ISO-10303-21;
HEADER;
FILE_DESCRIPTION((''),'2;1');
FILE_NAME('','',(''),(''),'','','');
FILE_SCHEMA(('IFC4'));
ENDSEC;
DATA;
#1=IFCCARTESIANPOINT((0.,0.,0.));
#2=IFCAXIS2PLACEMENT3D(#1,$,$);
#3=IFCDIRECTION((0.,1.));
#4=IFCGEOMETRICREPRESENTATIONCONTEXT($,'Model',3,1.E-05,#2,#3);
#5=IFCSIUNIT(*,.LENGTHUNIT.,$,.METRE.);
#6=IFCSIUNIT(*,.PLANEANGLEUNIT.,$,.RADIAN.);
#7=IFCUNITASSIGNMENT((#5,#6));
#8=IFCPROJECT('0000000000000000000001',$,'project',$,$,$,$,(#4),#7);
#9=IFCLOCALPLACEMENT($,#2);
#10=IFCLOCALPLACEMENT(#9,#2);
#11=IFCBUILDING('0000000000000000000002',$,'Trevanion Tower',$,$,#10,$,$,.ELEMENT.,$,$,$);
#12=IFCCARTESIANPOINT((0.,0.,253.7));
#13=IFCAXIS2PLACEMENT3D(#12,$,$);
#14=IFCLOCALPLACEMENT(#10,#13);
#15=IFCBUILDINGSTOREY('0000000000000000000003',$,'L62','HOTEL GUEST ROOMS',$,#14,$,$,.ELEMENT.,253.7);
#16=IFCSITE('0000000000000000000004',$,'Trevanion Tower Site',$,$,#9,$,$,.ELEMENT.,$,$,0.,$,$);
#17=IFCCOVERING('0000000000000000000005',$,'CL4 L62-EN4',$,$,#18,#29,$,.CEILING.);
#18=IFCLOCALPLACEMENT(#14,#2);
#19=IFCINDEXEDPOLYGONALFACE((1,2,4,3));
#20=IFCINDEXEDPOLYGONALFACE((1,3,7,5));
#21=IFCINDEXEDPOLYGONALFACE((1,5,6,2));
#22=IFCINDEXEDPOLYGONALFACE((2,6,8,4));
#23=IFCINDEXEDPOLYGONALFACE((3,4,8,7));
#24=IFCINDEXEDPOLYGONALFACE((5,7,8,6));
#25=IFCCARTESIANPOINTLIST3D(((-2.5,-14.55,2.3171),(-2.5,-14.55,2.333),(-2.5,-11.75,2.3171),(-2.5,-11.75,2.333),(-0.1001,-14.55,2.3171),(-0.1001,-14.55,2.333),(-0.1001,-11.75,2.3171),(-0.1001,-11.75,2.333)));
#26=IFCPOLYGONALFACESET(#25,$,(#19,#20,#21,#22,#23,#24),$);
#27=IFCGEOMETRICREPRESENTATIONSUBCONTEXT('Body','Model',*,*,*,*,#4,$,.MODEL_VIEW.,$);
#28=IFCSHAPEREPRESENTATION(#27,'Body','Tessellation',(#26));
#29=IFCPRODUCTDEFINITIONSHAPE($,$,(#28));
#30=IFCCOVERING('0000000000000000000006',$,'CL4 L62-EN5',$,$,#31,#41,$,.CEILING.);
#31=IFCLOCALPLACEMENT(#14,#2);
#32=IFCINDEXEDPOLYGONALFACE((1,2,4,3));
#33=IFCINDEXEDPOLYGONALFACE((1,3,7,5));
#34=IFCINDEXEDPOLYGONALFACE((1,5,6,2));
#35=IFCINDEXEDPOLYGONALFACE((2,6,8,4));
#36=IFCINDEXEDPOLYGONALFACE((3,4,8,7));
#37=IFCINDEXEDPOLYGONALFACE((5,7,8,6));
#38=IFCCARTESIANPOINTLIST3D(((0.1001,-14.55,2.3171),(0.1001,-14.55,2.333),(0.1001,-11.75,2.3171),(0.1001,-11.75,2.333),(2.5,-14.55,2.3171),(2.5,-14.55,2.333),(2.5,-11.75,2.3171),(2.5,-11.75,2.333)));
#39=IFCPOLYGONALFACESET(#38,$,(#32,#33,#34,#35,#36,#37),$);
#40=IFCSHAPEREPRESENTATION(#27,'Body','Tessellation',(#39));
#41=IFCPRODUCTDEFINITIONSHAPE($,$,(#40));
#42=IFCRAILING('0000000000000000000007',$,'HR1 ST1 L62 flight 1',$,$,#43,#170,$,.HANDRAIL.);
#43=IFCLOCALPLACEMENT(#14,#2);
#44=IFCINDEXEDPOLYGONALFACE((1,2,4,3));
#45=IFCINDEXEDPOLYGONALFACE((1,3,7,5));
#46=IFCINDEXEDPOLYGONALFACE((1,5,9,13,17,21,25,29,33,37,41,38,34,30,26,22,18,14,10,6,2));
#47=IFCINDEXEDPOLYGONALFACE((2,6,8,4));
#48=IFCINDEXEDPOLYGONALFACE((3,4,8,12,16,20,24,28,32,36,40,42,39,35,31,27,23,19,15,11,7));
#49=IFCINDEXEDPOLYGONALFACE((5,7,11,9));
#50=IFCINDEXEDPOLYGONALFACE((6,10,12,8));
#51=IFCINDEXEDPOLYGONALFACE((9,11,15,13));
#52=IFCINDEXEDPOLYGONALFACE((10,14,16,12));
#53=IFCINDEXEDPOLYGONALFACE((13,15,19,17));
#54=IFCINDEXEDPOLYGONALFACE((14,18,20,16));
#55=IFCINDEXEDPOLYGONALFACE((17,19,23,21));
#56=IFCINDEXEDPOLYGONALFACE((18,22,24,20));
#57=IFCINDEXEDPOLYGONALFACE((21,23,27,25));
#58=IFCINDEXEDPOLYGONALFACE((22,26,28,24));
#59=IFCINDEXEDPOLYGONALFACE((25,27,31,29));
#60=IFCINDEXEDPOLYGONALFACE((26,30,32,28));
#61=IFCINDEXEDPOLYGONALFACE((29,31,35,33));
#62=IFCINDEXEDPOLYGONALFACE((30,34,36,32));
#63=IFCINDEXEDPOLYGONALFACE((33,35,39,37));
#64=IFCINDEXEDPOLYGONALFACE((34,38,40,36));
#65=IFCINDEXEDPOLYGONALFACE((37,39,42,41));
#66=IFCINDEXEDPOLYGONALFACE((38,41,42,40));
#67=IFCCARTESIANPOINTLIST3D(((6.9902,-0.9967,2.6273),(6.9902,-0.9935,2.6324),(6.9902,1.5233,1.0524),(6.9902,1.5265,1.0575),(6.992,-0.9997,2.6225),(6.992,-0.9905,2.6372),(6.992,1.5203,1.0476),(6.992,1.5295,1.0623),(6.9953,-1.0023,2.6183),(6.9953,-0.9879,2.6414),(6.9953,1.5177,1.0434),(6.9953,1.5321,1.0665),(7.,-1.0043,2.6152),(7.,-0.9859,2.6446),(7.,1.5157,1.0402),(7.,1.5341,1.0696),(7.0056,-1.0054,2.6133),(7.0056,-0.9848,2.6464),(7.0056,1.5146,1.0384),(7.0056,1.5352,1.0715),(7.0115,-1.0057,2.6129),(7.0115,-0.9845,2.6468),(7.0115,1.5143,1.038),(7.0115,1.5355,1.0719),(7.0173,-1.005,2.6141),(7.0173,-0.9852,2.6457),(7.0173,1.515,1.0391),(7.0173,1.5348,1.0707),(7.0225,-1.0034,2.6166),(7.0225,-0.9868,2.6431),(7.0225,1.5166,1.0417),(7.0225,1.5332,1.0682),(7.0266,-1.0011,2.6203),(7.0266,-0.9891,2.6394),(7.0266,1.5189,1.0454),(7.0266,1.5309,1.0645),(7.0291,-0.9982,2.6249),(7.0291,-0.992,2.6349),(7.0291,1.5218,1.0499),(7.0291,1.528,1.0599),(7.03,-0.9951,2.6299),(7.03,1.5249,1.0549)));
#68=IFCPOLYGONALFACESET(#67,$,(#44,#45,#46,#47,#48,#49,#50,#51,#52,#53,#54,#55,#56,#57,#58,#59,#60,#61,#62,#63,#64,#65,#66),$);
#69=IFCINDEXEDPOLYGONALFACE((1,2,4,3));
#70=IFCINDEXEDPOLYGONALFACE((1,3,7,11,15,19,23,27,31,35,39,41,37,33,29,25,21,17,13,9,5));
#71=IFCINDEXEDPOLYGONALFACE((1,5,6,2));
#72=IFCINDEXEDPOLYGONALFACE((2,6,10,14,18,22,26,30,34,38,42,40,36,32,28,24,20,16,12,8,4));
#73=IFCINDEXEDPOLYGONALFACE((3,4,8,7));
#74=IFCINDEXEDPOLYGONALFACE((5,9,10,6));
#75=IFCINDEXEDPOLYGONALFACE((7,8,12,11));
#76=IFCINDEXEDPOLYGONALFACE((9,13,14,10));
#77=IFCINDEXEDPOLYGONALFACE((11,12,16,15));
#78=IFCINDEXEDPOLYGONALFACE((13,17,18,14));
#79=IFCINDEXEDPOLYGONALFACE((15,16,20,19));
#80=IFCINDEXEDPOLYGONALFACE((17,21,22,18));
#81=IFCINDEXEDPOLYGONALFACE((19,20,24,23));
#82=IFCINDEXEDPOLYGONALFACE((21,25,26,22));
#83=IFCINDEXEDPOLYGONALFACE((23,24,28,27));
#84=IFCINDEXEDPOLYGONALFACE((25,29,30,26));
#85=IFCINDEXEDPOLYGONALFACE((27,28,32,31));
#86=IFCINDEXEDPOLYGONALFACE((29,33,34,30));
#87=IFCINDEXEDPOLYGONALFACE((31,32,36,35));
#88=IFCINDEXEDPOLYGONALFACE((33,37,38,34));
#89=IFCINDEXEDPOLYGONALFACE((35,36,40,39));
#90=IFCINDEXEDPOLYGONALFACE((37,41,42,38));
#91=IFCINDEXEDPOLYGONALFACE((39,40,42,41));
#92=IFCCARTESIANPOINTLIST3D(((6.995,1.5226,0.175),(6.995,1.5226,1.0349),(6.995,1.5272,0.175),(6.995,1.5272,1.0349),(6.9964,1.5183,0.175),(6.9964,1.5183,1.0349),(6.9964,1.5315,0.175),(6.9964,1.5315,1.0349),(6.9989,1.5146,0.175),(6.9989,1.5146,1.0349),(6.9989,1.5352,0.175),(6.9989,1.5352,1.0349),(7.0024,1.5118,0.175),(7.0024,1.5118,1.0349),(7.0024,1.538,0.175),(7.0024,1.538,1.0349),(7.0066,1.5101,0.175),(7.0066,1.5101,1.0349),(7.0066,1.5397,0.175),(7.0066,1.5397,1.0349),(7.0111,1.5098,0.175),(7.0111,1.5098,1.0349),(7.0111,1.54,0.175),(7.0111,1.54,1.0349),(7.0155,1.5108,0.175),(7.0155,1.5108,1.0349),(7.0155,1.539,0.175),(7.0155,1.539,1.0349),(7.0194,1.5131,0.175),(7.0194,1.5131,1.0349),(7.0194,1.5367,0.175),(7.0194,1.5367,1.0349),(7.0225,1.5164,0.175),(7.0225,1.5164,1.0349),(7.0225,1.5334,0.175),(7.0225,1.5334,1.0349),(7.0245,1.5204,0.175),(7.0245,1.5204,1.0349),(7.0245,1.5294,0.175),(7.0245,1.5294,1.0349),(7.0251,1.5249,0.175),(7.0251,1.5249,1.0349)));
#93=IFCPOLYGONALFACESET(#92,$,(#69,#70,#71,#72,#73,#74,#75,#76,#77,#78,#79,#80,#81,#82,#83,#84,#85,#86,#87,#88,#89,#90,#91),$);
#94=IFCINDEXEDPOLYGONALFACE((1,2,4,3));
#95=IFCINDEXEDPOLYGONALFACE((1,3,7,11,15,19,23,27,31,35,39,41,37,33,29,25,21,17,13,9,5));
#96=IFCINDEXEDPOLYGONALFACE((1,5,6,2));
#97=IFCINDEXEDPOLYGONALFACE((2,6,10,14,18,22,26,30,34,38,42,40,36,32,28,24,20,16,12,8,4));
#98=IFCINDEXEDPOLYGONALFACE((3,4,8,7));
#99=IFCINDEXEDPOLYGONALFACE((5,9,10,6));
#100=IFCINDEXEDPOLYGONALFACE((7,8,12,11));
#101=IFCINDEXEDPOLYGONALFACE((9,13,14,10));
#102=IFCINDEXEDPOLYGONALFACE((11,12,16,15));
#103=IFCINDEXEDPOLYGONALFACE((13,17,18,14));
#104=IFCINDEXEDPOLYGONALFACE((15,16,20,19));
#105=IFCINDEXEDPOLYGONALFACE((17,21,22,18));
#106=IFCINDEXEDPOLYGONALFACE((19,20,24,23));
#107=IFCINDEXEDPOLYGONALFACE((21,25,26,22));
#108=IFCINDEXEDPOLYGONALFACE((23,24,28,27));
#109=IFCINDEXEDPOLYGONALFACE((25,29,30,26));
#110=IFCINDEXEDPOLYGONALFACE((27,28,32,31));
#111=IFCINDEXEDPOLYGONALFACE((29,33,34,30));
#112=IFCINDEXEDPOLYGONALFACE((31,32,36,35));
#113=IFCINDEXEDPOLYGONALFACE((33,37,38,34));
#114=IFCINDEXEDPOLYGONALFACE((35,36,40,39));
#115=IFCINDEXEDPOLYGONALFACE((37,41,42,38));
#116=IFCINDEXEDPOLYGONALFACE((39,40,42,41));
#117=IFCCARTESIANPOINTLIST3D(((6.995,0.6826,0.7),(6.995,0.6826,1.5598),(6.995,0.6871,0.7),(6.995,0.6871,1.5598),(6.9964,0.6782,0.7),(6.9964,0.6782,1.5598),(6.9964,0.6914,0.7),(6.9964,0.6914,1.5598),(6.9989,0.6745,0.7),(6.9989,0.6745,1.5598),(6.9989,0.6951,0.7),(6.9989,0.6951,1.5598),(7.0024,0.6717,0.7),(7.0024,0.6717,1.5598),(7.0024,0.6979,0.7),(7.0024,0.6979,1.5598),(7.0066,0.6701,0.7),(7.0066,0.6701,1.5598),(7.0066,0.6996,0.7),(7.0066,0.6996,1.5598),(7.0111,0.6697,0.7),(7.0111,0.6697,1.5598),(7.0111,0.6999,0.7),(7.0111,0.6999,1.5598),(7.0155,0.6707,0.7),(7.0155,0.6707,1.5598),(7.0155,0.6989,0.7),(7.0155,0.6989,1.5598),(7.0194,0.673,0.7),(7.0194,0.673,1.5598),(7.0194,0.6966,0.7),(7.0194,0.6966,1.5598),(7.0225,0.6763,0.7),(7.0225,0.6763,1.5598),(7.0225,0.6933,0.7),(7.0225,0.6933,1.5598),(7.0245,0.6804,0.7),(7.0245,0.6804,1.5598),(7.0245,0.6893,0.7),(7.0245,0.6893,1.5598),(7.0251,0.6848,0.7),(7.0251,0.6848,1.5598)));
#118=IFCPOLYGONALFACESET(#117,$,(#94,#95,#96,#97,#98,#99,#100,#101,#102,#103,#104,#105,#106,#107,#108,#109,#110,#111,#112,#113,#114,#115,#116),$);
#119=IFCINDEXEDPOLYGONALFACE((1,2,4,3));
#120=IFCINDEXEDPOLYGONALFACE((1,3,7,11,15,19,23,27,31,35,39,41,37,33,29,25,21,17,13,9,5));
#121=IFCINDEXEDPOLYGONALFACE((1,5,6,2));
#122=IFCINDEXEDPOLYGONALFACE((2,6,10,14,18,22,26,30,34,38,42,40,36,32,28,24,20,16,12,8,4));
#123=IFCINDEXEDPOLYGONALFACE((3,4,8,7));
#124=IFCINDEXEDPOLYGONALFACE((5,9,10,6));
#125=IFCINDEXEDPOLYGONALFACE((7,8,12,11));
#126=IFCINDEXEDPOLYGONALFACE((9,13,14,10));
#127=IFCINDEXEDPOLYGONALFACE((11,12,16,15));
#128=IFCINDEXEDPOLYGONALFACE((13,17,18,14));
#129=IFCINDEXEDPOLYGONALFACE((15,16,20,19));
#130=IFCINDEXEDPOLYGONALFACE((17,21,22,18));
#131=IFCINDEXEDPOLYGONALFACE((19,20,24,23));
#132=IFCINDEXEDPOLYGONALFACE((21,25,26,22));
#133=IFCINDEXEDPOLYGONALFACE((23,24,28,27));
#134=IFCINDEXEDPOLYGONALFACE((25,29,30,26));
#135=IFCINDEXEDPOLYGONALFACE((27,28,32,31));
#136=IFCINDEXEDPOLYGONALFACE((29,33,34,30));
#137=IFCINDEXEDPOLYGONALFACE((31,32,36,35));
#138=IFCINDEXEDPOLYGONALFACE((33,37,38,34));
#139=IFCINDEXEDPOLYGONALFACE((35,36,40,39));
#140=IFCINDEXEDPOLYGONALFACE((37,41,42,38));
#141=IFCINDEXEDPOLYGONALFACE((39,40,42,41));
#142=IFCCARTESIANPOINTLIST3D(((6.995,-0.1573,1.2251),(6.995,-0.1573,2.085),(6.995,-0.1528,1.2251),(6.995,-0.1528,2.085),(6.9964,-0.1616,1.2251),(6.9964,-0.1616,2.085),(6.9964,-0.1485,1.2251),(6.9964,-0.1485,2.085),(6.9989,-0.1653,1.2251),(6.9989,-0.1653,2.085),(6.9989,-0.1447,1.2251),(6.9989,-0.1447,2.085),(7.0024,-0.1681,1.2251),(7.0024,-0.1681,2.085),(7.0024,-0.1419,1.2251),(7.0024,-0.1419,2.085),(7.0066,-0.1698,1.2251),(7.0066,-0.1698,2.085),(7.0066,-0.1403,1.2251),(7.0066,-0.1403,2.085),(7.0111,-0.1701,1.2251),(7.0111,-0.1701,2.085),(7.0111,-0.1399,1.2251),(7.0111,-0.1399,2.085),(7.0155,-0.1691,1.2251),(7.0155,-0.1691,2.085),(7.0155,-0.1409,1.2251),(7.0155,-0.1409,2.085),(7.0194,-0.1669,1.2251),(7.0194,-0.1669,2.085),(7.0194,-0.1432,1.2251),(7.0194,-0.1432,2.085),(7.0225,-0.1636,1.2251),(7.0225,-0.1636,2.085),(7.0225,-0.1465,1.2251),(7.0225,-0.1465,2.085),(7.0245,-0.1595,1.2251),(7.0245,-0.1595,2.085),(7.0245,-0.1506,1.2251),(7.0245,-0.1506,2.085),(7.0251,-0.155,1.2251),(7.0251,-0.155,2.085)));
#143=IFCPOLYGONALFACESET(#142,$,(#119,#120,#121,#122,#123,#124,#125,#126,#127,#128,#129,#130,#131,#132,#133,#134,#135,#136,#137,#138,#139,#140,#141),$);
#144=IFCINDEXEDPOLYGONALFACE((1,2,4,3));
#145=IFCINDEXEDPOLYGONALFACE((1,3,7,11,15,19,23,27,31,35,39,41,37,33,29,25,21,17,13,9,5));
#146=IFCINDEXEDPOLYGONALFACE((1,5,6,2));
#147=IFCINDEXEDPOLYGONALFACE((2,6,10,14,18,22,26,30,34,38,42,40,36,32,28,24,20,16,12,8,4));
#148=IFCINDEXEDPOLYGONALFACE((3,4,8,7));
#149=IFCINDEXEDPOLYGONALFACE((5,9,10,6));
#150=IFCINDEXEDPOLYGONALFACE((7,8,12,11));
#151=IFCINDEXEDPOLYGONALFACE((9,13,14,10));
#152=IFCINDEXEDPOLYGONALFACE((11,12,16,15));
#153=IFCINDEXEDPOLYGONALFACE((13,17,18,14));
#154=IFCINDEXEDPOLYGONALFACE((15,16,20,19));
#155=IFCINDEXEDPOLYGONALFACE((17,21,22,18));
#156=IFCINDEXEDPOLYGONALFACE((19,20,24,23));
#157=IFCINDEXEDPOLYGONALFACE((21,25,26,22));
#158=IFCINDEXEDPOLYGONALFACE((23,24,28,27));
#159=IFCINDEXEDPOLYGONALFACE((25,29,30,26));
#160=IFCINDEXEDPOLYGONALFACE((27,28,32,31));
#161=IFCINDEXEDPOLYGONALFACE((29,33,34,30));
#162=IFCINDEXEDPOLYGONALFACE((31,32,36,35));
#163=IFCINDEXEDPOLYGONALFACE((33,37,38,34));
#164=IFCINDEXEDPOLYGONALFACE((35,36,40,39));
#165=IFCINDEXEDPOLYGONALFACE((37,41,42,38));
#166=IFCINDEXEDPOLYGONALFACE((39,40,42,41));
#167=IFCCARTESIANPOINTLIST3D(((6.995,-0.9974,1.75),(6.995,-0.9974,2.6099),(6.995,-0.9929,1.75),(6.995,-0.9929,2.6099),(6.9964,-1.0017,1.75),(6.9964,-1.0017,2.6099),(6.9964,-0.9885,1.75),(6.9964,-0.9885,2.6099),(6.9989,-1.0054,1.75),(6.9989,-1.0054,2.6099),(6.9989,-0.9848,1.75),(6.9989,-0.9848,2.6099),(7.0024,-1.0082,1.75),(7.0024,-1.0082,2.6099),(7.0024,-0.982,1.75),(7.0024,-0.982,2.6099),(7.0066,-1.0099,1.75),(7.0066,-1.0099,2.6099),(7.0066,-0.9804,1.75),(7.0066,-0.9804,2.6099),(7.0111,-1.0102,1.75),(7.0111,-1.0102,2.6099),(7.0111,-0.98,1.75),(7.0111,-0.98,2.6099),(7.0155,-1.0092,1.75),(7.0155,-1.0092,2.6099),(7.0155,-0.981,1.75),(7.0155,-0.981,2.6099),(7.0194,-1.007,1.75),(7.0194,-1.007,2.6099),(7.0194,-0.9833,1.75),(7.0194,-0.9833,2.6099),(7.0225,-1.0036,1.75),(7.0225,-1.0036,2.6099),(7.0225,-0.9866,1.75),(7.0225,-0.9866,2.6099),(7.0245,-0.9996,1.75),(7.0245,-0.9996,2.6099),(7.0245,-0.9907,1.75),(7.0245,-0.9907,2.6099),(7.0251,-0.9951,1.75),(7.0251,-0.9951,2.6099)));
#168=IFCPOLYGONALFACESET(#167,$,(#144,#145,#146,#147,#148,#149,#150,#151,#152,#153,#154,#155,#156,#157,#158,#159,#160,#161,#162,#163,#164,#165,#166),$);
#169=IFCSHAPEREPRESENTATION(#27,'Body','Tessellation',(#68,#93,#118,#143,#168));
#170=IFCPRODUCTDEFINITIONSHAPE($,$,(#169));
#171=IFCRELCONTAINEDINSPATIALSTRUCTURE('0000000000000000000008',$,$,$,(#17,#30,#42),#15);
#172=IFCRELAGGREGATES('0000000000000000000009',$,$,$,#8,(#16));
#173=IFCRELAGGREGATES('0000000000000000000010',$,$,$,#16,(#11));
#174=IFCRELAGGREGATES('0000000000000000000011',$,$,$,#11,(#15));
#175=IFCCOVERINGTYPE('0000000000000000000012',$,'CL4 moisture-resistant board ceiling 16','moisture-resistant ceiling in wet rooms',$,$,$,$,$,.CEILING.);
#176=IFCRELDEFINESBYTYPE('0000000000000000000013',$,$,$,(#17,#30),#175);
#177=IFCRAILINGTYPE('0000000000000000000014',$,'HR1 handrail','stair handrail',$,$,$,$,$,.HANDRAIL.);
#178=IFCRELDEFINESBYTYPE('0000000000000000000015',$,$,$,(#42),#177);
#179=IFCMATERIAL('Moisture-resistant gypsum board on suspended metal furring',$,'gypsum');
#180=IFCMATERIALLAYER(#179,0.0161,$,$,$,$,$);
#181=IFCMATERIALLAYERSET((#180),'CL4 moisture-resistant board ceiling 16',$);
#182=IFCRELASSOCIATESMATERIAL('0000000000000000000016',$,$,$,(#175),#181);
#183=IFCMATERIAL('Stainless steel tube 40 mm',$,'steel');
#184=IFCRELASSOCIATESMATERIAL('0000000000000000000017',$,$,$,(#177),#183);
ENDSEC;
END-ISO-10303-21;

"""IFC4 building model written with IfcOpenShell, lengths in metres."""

from ifc_helpers import new_model, si_unit, direction, frame, origin, origin_2d, place, context, subcontext, project, spatial, polyline, circle, outline, extrude, material, layer, layer_set, type_object, element, save


model = new_model("IFC4")

# Units and contexts
model_context = context("Model", 3, precision=1e-05, world=origin(), true_north=direction((0.0, 1.0)))
body_context = subcontext(model_context, "Body", "Model", "MODEL_VIEW")
ifc_project = project(units=[si_unit("LENGTHUNIT", "METRE"), si_unit("PLANEANGLEUNIT", "RADIAN")], contexts=[model_context])

# Site, building, storey
site_placement = place(None, origin())
site = spatial("IfcSite", under=ifc_project, at=site_placement, Name="Trevanion Tower Site", CompositionType="ELEMENT", RefElevation=0.0)
building_placement = place(site_placement, origin())
building = spatial("IfcBuilding", under=site, at=building_placement, Name="Trevanion Tower", CompositionType="ELEMENT")
storey_placement = place(building_placement, frame((0.0, 0.0, 253.7)))
storey = spatial("IfcBuildingStorey", under=building, at=storey_placement, Name="L62", Description="HOTEL GUEST ROOMS", CompositionType="ELEMENT", Elevation=253.7)

# Coverings
ifc_material_1 = material(Name="Moisture-resistant gypsum board on suspended metal furring", Category="gypsum")
ifc_layer_1 = layer(ifc_material_1, 0.0161)
ifc_layer_set_1 = layer_set([ifc_layer_1], Name="CL4 moisture-resistant board ceiling 16")
covering_type_1 = type_object("IfcCoveringType", Name="CL4 moisture-resistant board ceiling 16", Description="moisture-resistant ceiling in wet rooms", PredefinedType="CEILING", material=ifc_layer_set_1)
covering_1_placement = place(storey_placement, frame((0.0, 0.0, 2.3171)))
element("IfcCovering", 1, at=covering_1_placement, inside=storey, type_object=covering_type_1, Name="CL4 L62-EN4", PredefinedType="CEILING", context=body_context, shape_type="SweptSolid", body=[
    extrude(outline(polyline([(-2.5, -14.55), (-0.1001, -14.55), (-0.1001, -11.75), (-2.5, -11.75), (-2.5, -14.55)])), origin(), (0.0, 0.0, 1.0), 0.0159),
])
covering_2_placement = place(storey_placement, frame((0.0, 0.0, 2.3171)))
element("IfcCovering", 2, at=covering_2_placement, inside=storey, type_object=covering_type_1, Name="CL4 L62-EN5", PredefinedType="CEILING", context=body_context, shape_type="SweptSolid", body=[
    extrude(outline(polyline([(0.1001, -14.55), (2.5, -14.55), (2.5, -11.75), (0.1001, -11.75), (0.1001, -14.55)])), origin(), (0.0, 0.0, 1.0), 0.0159),
])

# Railing
ifc_material_2 = material(Name="Stainless steel tube 40 mm", Category="steel")
railing_type = type_object("IfcRailingType", Name="HR1 handrail", Description="stair handrail", PredefinedType="HANDRAIL", material=ifc_material_2)
for number, where, name in (
    (3, (7.01, 1.5249, 0.175), "HR1 ST1 L62 flight 1"),
):
    element("IfcRailing", number, at=place(storey_placement, frame(where)), inside=storey, type_object=railing_type, Name=name, PredefinedType="HANDRAIL", context=body_context, shape_type="SweptSolid", body=[
        extrude(circle(Radius=0.02, at=origin_2d()), frame((0.0, 0.0, 0.8799), z_axis=(0.0, -0.848008, 0.529984), x_axis=(1.0, 0.0, 0.0)), (0.0, 0.0, 1.0), 2.9717),
        extrude(circle(Radius=0.0151, at=origin_2d()), origin(), (0.0, 0.0, 1.0), 0.8599),
        extrude(circle(Radius=0.0151, at=origin_2d()), frame((0.0, -0.8401, 0.5249)), (0.0, 0.0, 1.0), 0.8599),
        extrude(circle(Radius=0.0151, at=origin_2d()), frame((0.0, -1.6799, 1.05)), (0.0, 0.0, 1.0), 0.8599),
        extrude(circle(Radius=0.0151, at=origin_2d()), frame((0.0, -2.52, 1.575)), (0.0, 0.0, 1.0), 0.8599),
    ])

save(model, "model.ifc")
